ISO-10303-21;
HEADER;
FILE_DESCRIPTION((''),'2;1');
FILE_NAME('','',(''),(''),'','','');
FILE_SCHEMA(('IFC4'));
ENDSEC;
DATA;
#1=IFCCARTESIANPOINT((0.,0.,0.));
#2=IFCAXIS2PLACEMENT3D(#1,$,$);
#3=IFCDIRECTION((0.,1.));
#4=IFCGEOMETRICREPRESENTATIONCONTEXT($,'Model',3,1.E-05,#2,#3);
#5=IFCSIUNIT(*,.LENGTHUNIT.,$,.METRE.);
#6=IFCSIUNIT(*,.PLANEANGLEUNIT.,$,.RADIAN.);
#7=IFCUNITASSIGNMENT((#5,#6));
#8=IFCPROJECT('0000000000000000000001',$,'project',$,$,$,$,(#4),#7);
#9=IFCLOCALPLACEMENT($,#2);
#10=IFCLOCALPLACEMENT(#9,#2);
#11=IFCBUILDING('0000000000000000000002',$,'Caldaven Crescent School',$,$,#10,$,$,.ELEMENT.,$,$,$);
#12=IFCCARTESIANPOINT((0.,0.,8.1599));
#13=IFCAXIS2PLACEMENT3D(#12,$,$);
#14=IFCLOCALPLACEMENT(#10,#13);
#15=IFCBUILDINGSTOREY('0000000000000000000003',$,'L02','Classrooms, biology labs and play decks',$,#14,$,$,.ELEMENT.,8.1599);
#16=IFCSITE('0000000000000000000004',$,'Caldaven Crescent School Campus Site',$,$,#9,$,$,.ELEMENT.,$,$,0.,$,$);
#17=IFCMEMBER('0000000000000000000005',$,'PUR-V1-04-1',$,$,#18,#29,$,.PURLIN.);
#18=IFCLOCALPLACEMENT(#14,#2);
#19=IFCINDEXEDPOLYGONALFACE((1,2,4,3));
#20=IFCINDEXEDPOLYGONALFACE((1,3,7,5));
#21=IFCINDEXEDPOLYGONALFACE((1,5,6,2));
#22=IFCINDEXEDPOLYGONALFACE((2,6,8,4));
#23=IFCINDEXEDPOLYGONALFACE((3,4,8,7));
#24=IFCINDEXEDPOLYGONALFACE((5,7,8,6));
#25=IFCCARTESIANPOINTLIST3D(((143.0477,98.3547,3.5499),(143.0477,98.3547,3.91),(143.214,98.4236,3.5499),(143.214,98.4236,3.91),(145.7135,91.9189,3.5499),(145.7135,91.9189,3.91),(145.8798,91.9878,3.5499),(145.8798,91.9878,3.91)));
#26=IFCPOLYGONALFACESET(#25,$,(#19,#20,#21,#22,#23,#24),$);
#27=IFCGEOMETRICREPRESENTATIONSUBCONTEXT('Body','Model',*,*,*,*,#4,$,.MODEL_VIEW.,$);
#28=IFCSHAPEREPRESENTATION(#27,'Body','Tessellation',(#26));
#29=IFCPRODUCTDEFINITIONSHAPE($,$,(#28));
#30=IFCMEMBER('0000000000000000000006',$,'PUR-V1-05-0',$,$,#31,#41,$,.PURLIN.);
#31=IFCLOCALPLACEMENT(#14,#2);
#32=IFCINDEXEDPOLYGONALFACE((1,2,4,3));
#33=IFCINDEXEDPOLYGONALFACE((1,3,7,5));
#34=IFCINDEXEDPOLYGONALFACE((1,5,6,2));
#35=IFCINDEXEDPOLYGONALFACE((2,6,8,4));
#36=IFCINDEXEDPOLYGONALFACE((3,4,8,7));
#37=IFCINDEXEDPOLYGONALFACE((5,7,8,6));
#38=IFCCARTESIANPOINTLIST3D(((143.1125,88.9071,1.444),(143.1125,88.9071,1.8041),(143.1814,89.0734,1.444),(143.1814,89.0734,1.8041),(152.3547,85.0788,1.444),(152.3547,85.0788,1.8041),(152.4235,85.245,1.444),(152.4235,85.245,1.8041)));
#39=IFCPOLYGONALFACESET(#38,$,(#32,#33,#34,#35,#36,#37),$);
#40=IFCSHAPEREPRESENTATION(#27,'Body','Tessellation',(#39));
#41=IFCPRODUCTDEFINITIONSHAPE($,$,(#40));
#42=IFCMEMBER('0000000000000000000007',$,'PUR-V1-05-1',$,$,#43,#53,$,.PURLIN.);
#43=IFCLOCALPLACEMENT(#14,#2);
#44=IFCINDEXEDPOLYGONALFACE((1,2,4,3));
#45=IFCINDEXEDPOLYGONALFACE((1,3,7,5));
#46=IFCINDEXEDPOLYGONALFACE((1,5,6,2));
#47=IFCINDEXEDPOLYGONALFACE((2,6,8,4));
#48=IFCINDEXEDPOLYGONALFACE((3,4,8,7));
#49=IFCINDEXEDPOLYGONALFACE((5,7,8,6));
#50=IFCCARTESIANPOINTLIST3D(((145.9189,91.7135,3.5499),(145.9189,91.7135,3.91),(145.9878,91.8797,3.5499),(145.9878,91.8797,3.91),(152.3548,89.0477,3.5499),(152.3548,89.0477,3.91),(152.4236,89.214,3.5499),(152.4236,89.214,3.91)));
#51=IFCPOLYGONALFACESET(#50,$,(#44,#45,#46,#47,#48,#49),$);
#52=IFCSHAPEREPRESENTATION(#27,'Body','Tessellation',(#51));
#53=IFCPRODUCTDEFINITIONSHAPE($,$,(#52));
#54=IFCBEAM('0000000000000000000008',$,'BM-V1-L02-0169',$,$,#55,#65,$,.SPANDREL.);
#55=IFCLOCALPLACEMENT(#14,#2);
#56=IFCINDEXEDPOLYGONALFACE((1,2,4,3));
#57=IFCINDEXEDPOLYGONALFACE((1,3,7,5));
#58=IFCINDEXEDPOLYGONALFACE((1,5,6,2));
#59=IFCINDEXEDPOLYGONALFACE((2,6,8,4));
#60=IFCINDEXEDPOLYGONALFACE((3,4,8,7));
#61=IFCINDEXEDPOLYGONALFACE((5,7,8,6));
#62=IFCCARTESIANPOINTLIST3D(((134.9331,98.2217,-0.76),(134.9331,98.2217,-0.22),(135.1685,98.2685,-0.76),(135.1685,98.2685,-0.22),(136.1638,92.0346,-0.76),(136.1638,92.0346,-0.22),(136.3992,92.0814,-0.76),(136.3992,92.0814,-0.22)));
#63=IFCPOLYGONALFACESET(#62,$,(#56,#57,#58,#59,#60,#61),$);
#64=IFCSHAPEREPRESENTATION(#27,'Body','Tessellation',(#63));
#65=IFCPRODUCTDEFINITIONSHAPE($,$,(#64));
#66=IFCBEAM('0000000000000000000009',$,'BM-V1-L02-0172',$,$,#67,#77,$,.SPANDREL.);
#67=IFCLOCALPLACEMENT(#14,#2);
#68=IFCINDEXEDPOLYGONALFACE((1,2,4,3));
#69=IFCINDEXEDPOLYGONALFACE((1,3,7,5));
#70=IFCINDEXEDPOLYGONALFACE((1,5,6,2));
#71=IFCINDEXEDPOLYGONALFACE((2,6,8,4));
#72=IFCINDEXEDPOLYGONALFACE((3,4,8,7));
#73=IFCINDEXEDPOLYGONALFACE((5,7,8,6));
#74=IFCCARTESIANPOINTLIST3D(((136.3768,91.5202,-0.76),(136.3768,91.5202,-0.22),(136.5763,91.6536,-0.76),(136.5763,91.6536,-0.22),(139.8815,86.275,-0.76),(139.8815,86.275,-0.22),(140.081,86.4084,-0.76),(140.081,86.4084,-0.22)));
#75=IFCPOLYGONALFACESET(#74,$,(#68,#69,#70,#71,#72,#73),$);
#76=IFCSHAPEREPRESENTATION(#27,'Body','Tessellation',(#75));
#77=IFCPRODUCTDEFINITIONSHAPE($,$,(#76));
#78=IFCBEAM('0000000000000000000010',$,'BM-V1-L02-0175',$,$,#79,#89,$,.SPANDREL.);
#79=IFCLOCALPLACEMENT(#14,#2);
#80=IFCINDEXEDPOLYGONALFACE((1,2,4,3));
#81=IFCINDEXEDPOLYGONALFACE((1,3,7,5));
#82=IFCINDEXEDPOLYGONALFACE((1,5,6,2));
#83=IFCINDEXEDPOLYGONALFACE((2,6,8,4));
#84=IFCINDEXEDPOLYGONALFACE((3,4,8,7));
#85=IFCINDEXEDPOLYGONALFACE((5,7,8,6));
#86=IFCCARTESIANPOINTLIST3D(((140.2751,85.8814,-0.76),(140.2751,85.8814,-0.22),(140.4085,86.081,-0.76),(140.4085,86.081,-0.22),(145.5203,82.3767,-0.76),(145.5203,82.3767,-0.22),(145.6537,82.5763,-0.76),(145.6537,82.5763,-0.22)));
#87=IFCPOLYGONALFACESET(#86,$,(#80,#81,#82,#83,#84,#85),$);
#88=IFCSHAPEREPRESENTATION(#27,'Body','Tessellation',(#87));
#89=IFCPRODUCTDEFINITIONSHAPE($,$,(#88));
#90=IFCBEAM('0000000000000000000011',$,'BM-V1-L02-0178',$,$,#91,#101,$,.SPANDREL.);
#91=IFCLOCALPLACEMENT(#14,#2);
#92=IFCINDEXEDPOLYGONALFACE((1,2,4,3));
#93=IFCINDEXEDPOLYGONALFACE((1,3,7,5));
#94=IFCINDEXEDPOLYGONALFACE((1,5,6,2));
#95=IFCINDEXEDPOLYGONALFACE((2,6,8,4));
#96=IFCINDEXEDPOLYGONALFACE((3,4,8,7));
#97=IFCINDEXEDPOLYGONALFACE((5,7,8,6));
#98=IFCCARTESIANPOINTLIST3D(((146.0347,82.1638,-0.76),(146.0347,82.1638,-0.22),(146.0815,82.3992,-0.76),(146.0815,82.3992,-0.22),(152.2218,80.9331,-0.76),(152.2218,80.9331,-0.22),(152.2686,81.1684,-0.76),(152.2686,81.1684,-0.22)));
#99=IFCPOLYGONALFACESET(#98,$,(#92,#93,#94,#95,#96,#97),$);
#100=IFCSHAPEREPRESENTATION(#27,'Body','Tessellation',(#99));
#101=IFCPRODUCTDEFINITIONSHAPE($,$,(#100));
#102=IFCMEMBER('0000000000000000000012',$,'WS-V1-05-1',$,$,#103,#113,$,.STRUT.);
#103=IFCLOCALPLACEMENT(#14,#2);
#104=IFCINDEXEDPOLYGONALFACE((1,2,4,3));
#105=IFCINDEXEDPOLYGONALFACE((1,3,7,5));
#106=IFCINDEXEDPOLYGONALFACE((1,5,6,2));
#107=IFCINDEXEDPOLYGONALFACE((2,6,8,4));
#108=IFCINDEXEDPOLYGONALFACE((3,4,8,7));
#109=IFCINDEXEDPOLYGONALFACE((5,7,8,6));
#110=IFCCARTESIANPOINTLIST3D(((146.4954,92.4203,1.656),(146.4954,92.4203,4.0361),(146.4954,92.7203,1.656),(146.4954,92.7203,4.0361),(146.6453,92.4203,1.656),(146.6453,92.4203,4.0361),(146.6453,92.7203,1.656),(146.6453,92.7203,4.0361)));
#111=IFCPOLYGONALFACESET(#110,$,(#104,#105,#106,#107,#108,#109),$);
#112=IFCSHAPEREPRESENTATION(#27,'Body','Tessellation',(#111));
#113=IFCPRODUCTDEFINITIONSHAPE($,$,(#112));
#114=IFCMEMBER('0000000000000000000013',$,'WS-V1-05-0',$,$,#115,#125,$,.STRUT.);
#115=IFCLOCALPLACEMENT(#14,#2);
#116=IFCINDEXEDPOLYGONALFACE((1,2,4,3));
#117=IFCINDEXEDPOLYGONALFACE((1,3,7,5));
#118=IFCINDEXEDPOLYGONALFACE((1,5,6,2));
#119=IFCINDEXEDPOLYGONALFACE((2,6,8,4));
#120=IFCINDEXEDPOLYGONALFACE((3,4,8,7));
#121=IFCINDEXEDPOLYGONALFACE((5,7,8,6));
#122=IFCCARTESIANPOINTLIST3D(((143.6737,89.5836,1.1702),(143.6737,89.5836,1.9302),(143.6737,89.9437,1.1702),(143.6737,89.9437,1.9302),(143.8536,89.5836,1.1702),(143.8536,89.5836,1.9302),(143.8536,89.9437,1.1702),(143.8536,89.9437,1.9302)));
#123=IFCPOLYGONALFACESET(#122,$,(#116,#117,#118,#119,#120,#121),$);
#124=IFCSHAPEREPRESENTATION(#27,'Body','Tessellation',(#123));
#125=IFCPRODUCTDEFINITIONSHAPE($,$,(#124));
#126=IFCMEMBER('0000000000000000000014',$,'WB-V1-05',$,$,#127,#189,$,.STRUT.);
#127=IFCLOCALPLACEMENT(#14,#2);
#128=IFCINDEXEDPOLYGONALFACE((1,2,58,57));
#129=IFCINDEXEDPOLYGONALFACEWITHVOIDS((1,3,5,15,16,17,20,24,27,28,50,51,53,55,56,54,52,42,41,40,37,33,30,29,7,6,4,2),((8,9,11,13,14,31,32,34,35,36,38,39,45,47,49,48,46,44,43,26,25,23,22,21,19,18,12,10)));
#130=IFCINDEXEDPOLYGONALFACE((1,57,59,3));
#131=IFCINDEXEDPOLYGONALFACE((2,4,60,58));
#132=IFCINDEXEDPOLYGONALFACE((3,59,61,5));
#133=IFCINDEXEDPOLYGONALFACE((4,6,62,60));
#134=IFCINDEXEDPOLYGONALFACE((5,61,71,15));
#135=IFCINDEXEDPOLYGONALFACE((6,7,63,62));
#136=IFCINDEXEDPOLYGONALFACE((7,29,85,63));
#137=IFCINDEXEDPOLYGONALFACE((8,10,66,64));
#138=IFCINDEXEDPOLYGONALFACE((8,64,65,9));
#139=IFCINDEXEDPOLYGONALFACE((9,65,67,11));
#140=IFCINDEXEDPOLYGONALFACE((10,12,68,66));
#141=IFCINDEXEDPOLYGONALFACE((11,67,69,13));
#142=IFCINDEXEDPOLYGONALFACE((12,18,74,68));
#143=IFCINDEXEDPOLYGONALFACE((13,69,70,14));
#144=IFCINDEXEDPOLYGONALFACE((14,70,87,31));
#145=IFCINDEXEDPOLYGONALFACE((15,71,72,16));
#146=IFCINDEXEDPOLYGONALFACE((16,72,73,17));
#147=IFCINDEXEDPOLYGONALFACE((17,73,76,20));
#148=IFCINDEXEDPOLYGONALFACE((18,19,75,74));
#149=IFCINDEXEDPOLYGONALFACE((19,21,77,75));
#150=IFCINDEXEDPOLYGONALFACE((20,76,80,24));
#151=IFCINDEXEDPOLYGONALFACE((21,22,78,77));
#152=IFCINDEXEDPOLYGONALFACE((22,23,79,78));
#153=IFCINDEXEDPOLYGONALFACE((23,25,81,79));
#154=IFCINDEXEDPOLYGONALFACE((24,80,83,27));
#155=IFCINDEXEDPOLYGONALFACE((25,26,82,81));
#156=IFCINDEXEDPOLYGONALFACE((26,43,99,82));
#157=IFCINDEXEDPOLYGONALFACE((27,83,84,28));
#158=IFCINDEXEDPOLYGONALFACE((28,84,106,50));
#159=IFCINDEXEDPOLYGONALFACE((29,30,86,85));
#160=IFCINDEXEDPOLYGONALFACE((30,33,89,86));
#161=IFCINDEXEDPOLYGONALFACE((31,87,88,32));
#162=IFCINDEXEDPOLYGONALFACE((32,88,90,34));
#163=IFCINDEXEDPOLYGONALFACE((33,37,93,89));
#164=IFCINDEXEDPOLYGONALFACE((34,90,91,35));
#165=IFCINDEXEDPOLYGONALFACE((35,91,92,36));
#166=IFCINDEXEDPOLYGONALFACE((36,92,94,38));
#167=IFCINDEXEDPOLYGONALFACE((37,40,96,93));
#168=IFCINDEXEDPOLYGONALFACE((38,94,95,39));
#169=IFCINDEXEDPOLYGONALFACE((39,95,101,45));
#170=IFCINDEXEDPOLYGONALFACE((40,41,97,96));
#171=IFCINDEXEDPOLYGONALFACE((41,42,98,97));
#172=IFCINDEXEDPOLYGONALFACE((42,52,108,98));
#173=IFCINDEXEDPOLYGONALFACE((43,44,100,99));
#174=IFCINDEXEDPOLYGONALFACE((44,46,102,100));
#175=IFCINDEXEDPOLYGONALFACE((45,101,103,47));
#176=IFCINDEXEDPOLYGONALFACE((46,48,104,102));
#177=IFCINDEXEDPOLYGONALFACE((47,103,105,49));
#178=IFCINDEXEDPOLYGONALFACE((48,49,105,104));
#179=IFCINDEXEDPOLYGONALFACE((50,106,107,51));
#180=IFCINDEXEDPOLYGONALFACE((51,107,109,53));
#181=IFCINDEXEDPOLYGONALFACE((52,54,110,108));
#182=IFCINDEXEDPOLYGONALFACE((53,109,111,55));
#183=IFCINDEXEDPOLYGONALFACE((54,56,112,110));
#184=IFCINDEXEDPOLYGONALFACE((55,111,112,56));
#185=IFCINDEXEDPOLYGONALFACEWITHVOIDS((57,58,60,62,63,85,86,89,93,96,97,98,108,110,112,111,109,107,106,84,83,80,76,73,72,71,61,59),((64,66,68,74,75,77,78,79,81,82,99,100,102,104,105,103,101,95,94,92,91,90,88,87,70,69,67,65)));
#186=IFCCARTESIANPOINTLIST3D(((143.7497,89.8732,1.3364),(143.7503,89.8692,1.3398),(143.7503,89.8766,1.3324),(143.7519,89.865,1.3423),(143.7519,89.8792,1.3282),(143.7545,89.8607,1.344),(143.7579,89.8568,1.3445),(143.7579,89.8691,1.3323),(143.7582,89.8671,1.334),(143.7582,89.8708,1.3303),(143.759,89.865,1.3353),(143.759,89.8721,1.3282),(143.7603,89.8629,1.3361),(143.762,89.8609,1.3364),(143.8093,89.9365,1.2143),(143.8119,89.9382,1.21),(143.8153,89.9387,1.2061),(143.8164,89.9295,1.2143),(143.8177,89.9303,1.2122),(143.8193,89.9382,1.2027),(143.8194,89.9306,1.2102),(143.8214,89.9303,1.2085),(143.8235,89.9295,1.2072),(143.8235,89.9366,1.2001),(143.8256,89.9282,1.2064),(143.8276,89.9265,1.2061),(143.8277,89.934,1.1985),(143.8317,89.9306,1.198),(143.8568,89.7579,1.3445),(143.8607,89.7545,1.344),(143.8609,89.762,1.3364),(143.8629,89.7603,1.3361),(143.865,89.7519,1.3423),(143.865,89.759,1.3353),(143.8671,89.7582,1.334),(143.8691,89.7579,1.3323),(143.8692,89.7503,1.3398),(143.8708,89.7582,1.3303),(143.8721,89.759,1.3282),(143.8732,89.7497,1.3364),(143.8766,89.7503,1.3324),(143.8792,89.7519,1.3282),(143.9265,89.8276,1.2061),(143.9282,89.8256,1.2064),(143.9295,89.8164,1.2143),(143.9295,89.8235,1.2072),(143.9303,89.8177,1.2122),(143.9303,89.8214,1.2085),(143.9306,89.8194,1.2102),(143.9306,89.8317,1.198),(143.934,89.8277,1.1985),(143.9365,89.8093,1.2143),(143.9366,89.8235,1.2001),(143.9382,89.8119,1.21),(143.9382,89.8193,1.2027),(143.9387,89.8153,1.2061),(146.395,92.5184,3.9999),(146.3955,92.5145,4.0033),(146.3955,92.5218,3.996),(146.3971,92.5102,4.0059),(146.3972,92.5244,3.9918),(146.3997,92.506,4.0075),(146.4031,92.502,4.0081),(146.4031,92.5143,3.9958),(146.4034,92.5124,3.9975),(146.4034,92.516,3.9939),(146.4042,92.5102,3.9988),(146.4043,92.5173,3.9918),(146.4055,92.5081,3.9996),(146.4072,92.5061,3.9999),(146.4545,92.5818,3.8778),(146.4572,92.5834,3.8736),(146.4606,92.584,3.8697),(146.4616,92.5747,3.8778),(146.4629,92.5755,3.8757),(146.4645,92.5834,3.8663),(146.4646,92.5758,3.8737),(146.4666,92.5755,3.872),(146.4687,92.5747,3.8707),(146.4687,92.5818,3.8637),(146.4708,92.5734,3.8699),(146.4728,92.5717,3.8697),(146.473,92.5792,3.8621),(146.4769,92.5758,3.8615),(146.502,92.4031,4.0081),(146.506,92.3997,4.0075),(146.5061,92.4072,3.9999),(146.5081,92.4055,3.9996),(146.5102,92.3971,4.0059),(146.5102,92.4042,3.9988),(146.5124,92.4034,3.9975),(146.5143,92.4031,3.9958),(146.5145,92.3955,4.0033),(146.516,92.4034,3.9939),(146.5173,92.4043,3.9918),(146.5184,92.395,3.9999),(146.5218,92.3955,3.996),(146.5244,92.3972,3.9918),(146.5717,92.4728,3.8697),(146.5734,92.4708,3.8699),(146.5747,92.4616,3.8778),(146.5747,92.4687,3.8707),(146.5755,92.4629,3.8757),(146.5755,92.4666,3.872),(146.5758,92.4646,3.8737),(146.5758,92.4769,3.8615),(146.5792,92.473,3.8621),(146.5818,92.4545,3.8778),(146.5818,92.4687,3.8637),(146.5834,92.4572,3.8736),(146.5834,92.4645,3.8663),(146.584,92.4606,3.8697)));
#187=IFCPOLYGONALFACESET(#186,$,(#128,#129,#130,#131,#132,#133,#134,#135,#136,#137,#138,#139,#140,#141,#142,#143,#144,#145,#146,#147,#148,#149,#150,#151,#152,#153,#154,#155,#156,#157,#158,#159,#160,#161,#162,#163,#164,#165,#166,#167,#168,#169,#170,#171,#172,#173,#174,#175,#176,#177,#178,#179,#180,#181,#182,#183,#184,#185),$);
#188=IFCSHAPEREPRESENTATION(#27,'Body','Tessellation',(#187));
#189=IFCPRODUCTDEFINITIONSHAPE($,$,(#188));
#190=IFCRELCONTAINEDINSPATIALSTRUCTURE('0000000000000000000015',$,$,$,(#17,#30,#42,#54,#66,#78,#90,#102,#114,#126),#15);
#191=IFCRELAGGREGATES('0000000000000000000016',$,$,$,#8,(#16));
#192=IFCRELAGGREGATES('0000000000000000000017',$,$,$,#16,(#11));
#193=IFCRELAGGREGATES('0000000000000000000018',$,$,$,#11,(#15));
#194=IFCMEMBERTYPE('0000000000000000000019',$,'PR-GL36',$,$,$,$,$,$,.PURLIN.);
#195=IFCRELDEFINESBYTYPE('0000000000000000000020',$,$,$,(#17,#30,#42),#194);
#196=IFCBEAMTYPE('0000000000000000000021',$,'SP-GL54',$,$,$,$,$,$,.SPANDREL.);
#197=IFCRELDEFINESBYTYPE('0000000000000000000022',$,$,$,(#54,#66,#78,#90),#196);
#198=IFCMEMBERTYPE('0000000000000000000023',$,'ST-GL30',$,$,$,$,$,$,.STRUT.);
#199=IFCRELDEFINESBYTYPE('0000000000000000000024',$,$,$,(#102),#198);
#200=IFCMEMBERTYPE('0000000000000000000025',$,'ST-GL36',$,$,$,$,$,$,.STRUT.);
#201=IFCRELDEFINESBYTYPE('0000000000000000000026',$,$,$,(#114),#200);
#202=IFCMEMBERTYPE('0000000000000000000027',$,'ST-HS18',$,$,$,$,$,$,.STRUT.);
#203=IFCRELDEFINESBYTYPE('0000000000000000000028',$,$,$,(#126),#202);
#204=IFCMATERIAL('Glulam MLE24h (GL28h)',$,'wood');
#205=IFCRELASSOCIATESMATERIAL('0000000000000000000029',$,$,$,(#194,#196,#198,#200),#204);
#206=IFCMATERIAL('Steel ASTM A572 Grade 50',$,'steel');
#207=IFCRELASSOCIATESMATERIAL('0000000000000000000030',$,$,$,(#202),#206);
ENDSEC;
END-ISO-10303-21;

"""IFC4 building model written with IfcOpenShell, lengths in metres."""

from ifc_helpers import new_model, si_unit, direction, frame, origin, origin_2d, place, context, subcontext, project, spatial, rectangle, hollow_rectangle, extrude, material, material_profile, profile_set, type_object, element, save


model = new_model("IFC4")

# Units and contexts
model_context = context("Model", 3, precision=1e-05, world=origin(), true_north=direction((0.0, 1.0)))
body_context = subcontext(model_context, "Body", "Model", "MODEL_VIEW")
ifc_project = project(units=[si_unit("LENGTHUNIT", "METRE"), si_unit("PLANEANGLEUNIT", "RADIAN")], contexts=[model_context])

# Site, building, storey
site_placement = place(None, origin())
site = spatial("IfcSite", under=ifc_project, at=site_placement, Name="Caldaven Crescent School Campus Site", CompositionType="ELEMENT", RefElevation=0.0)
building_placement = place(site_placement, origin())
building = spatial("IfcBuilding", under=site, at=building_placement, Name="Caldaven Crescent School", CompositionType="ELEMENT")
storey_placement = place(building_placement, frame((0.0, 0.0, 8.1599)))
storey = spatial("IfcBuildingStorey", under=building, at=storey_placement, Name="L02", Description="Classrooms, biology labs and play decks", CompositionType="ELEMENT", Elevation=8.1599)

# Shared definitions
ifc_material_1 = material(Name="Glulam MLE24h (GL28h)", Category="wood")
ifc_material_2 = material(Name="Steel ASTM A572 Grade 50", Category="steel")

# Members
ifc_material_profile_1 = material_profile(ifc_material_1, rectangle(XDim=0.1799, YDim=0.3601, at=origin_2d()), Name="MLE 180x360")
ifc_profile_set_1 = profile_set([ifc_material_profile_1], Name="Glulam MLE24h (GL28h)")
member_type_1 = type_object("IfcMemberType", Name="PR-GL36", PredefinedType="PURLIN", material=ifc_profile_set_1)
member_1_placement = place(storey_placement, frame((143.1309, 98.3892, 3.73), z_axis=(0.382681, -0.923881, 0.0), x_axis=(0.923881, 0.382681, 0.0)))
element("IfcMember", 1, at=member_1_placement, inside=storey, type_object=member_type_1, Name="PUR-V1-04-1", PredefinedType="PURLIN", context=body_context, shape_type="SweptSolid", body=[
    extrude(rectangle(XDim=0.1799, YDim=0.3601, at=origin_2d()), origin(), (0.0, 0.0, 1.0), 6.9661),
])
member_2_placement = place(storey_placement, frame((143.147, 88.9902, 1.624), z_axis=(0.923875, -0.382695, 0.0), x_axis=(0.382695, 0.923875, 0.0)))
element("IfcMember", 2, at=member_2_placement, inside=storey, type_object=member_type_1, Name="PUR-V1-05-0", PredefinedType="PURLIN", context=body_context, shape_type="SweptSolid", body=[
    extrude(rectangle(XDim=0.1799, YDim=0.3601, at=origin_2d()), origin(), (0.0, 0.0, 1.0), 10.0037),
])
member_3_placement = place(storey_placement, frame((145.9534, 91.7966, 3.73), z_axis=(0.923881, -0.382681, 0.0), x_axis=(0.382681, 0.923881, 0.0)))
element("IfcMember", 3, at=member_3_placement, inside=storey, type_object=member_type_1, Name="PUR-V1-05-1", PredefinedType="PURLIN", context=body_context, shape_type="SweptSolid", body=[
    extrude(rectangle(XDim=0.1799, YDim=0.3601, at=origin_2d()), origin(), (0.0, 0.0, 1.0), 6.9661),
])

# Beams
ifc_material_profile_2 = material_profile(ifc_material_1, rectangle(XDim=0.24, YDim=0.54, at=origin_2d()), Name="MLE 240x540")
ifc_profile_set_2 = profile_set([ifc_material_profile_2], Name="Glulam MLE24h (GL28h)")
beam_type_1 = type_object("IfcBeamType", Name="SP-GL54", PredefinedType="SPANDREL", material=ifc_profile_set_2)
for number, where, z_axis, x_axis, name in (
    (4, (135.0508, 98.2451, -0.49), (0.195096, -0.980784, 0.0), (0.980784, 0.195096, 0.0), "BM-V1-L02-0169"),
    (5, (136.4766, 91.5869, -0.49), (0.555566, -0.831472, 0.0), (0.831472, 0.555566, 0.0), "BM-V1-L02-0172"),
    (6, (140.3418, 85.9812, -0.49), (0.831472, -0.555566, 0.0), (0.555566, 0.831472, 0.0), "BM-V1-L02-0175"),
    (7, (146.0581, 82.2815, -0.49), (0.980784, -0.195096, 0.0), (0.195096, 0.980784, 0.0), "BM-V1-L02-0178"),
):
    element("IfcBeam", number, at=place(storey_placement, frame(where, z_axis=z_axis, x_axis=x_axis)), inside=storey, type_object=beam_type_1, Name=name, PredefinedType="SPANDREL", context=body_context, shape_type="SweptSolid", body=[
        extrude(rectangle(XDim=0.24, YDim=0.54, at=origin_2d()), origin(), (0.0, 0.0, 1.0), 6.3083),
    ])

# Members
ifc_material_profile_3 = material_profile(ifc_material_1, rectangle(XDim=0.1499, YDim=0.3, at=origin_2d()), Name="MLE 150x300")
ifc_profile_set_3 = profile_set([ifc_material_profile_3], Name="Glulam MLE24h (GL28h)")
member_type_2 = type_object("IfcMemberType", Name="ST-GL30", PredefinedType="STRUT", material=ifc_profile_set_3)
member_4_placement = place(storey_placement, frame((146.5703, 92.5703, 1.656), z_axis=(0.0, 0.0, 1.0), x_axis=(1.0, 0.0, 0.0)))
element("IfcMember", 8, at=member_4_placement, inside=storey, type_object=member_type_2, Name="WS-V1-05-1", PredefinedType="STRUT", context=body_context, shape_type="SweptSolid", body=[
    extrude(rectangle(XDim=0.1499, YDim=0.3, at=origin_2d()), origin(), (0.0, 0.0, 1.0), 2.3801),
])
ifc_material_profile_4 = material_profile(ifc_material_1, rectangle(XDim=0.1799, YDim=0.3601, at=origin_2d()), Name="MLE 180x360")
ifc_profile_set_4 = profile_set([ifc_material_profile_4], Name="Glulam MLE24h (GL28h)")
member_type_3 = type_object("IfcMemberType", Name="ST-GL36", PredefinedType="STRUT", material=ifc_profile_set_4)
member_5_placement = place(storey_placement, frame((143.7637, 89.7637, 1.1702), z_axis=(0.0, 0.0, 1.0), x_axis=(1.0, 0.0, 0.0)))
element("IfcMember", 9, at=member_5_placement, inside=storey, type_object=member_type_3, Name="WS-V1-05-0", PredefinedType="STRUT", context=body_context, shape_type="SweptSolid", body=[
    extrude(rectangle(XDim=0.1799, YDim=0.3601, at=origin_2d()), origin(), (0.0, 0.0, 1.0), 0.76),
])
ifc_material_profile_5 = material_profile(ifc_material_2, hollow_rectangle(XDim=0.1799, YDim=0.1799, WallThickness=0.01, InnerFilletRadius=0.01, OuterFilletRadius=0.02, at=origin_2d()), Name="HSS 180x180x10")
ifc_profile_set_5 = profile_set([ifc_material_profile_5], Name="Steel ASTM A572 Grade 50")
member_type_4 = type_object("IfcMemberType", Name="ST-HS18", PredefinedType="STRUT", material=ifc_profile_set_5)
member_6_placement = place(storey_placement, frame((143.8442, 89.8442, 1.2712), z_axis=(0.576018, 0.576018, 0.580005), x_axis=(-0.707107, 0.707107, 0.0)))
element("IfcMember", 10, at=member_6_placement, inside=storey, type_object=member_type_4, Name="WB-V1-05", PredefinedType="STRUT", context=body_context, shape_type="SweptSolid", body=[
    extrude(hollow_rectangle(XDim=0.1799, YDim=0.1799, WallThickness=0.01, InnerFilletRadius=0.01, OuterFilletRadius=0.02, at=origin_2d()), origin(), (0.0, 0.0, 1.0), 4.5923),
])

save(model, "model.ifc")
